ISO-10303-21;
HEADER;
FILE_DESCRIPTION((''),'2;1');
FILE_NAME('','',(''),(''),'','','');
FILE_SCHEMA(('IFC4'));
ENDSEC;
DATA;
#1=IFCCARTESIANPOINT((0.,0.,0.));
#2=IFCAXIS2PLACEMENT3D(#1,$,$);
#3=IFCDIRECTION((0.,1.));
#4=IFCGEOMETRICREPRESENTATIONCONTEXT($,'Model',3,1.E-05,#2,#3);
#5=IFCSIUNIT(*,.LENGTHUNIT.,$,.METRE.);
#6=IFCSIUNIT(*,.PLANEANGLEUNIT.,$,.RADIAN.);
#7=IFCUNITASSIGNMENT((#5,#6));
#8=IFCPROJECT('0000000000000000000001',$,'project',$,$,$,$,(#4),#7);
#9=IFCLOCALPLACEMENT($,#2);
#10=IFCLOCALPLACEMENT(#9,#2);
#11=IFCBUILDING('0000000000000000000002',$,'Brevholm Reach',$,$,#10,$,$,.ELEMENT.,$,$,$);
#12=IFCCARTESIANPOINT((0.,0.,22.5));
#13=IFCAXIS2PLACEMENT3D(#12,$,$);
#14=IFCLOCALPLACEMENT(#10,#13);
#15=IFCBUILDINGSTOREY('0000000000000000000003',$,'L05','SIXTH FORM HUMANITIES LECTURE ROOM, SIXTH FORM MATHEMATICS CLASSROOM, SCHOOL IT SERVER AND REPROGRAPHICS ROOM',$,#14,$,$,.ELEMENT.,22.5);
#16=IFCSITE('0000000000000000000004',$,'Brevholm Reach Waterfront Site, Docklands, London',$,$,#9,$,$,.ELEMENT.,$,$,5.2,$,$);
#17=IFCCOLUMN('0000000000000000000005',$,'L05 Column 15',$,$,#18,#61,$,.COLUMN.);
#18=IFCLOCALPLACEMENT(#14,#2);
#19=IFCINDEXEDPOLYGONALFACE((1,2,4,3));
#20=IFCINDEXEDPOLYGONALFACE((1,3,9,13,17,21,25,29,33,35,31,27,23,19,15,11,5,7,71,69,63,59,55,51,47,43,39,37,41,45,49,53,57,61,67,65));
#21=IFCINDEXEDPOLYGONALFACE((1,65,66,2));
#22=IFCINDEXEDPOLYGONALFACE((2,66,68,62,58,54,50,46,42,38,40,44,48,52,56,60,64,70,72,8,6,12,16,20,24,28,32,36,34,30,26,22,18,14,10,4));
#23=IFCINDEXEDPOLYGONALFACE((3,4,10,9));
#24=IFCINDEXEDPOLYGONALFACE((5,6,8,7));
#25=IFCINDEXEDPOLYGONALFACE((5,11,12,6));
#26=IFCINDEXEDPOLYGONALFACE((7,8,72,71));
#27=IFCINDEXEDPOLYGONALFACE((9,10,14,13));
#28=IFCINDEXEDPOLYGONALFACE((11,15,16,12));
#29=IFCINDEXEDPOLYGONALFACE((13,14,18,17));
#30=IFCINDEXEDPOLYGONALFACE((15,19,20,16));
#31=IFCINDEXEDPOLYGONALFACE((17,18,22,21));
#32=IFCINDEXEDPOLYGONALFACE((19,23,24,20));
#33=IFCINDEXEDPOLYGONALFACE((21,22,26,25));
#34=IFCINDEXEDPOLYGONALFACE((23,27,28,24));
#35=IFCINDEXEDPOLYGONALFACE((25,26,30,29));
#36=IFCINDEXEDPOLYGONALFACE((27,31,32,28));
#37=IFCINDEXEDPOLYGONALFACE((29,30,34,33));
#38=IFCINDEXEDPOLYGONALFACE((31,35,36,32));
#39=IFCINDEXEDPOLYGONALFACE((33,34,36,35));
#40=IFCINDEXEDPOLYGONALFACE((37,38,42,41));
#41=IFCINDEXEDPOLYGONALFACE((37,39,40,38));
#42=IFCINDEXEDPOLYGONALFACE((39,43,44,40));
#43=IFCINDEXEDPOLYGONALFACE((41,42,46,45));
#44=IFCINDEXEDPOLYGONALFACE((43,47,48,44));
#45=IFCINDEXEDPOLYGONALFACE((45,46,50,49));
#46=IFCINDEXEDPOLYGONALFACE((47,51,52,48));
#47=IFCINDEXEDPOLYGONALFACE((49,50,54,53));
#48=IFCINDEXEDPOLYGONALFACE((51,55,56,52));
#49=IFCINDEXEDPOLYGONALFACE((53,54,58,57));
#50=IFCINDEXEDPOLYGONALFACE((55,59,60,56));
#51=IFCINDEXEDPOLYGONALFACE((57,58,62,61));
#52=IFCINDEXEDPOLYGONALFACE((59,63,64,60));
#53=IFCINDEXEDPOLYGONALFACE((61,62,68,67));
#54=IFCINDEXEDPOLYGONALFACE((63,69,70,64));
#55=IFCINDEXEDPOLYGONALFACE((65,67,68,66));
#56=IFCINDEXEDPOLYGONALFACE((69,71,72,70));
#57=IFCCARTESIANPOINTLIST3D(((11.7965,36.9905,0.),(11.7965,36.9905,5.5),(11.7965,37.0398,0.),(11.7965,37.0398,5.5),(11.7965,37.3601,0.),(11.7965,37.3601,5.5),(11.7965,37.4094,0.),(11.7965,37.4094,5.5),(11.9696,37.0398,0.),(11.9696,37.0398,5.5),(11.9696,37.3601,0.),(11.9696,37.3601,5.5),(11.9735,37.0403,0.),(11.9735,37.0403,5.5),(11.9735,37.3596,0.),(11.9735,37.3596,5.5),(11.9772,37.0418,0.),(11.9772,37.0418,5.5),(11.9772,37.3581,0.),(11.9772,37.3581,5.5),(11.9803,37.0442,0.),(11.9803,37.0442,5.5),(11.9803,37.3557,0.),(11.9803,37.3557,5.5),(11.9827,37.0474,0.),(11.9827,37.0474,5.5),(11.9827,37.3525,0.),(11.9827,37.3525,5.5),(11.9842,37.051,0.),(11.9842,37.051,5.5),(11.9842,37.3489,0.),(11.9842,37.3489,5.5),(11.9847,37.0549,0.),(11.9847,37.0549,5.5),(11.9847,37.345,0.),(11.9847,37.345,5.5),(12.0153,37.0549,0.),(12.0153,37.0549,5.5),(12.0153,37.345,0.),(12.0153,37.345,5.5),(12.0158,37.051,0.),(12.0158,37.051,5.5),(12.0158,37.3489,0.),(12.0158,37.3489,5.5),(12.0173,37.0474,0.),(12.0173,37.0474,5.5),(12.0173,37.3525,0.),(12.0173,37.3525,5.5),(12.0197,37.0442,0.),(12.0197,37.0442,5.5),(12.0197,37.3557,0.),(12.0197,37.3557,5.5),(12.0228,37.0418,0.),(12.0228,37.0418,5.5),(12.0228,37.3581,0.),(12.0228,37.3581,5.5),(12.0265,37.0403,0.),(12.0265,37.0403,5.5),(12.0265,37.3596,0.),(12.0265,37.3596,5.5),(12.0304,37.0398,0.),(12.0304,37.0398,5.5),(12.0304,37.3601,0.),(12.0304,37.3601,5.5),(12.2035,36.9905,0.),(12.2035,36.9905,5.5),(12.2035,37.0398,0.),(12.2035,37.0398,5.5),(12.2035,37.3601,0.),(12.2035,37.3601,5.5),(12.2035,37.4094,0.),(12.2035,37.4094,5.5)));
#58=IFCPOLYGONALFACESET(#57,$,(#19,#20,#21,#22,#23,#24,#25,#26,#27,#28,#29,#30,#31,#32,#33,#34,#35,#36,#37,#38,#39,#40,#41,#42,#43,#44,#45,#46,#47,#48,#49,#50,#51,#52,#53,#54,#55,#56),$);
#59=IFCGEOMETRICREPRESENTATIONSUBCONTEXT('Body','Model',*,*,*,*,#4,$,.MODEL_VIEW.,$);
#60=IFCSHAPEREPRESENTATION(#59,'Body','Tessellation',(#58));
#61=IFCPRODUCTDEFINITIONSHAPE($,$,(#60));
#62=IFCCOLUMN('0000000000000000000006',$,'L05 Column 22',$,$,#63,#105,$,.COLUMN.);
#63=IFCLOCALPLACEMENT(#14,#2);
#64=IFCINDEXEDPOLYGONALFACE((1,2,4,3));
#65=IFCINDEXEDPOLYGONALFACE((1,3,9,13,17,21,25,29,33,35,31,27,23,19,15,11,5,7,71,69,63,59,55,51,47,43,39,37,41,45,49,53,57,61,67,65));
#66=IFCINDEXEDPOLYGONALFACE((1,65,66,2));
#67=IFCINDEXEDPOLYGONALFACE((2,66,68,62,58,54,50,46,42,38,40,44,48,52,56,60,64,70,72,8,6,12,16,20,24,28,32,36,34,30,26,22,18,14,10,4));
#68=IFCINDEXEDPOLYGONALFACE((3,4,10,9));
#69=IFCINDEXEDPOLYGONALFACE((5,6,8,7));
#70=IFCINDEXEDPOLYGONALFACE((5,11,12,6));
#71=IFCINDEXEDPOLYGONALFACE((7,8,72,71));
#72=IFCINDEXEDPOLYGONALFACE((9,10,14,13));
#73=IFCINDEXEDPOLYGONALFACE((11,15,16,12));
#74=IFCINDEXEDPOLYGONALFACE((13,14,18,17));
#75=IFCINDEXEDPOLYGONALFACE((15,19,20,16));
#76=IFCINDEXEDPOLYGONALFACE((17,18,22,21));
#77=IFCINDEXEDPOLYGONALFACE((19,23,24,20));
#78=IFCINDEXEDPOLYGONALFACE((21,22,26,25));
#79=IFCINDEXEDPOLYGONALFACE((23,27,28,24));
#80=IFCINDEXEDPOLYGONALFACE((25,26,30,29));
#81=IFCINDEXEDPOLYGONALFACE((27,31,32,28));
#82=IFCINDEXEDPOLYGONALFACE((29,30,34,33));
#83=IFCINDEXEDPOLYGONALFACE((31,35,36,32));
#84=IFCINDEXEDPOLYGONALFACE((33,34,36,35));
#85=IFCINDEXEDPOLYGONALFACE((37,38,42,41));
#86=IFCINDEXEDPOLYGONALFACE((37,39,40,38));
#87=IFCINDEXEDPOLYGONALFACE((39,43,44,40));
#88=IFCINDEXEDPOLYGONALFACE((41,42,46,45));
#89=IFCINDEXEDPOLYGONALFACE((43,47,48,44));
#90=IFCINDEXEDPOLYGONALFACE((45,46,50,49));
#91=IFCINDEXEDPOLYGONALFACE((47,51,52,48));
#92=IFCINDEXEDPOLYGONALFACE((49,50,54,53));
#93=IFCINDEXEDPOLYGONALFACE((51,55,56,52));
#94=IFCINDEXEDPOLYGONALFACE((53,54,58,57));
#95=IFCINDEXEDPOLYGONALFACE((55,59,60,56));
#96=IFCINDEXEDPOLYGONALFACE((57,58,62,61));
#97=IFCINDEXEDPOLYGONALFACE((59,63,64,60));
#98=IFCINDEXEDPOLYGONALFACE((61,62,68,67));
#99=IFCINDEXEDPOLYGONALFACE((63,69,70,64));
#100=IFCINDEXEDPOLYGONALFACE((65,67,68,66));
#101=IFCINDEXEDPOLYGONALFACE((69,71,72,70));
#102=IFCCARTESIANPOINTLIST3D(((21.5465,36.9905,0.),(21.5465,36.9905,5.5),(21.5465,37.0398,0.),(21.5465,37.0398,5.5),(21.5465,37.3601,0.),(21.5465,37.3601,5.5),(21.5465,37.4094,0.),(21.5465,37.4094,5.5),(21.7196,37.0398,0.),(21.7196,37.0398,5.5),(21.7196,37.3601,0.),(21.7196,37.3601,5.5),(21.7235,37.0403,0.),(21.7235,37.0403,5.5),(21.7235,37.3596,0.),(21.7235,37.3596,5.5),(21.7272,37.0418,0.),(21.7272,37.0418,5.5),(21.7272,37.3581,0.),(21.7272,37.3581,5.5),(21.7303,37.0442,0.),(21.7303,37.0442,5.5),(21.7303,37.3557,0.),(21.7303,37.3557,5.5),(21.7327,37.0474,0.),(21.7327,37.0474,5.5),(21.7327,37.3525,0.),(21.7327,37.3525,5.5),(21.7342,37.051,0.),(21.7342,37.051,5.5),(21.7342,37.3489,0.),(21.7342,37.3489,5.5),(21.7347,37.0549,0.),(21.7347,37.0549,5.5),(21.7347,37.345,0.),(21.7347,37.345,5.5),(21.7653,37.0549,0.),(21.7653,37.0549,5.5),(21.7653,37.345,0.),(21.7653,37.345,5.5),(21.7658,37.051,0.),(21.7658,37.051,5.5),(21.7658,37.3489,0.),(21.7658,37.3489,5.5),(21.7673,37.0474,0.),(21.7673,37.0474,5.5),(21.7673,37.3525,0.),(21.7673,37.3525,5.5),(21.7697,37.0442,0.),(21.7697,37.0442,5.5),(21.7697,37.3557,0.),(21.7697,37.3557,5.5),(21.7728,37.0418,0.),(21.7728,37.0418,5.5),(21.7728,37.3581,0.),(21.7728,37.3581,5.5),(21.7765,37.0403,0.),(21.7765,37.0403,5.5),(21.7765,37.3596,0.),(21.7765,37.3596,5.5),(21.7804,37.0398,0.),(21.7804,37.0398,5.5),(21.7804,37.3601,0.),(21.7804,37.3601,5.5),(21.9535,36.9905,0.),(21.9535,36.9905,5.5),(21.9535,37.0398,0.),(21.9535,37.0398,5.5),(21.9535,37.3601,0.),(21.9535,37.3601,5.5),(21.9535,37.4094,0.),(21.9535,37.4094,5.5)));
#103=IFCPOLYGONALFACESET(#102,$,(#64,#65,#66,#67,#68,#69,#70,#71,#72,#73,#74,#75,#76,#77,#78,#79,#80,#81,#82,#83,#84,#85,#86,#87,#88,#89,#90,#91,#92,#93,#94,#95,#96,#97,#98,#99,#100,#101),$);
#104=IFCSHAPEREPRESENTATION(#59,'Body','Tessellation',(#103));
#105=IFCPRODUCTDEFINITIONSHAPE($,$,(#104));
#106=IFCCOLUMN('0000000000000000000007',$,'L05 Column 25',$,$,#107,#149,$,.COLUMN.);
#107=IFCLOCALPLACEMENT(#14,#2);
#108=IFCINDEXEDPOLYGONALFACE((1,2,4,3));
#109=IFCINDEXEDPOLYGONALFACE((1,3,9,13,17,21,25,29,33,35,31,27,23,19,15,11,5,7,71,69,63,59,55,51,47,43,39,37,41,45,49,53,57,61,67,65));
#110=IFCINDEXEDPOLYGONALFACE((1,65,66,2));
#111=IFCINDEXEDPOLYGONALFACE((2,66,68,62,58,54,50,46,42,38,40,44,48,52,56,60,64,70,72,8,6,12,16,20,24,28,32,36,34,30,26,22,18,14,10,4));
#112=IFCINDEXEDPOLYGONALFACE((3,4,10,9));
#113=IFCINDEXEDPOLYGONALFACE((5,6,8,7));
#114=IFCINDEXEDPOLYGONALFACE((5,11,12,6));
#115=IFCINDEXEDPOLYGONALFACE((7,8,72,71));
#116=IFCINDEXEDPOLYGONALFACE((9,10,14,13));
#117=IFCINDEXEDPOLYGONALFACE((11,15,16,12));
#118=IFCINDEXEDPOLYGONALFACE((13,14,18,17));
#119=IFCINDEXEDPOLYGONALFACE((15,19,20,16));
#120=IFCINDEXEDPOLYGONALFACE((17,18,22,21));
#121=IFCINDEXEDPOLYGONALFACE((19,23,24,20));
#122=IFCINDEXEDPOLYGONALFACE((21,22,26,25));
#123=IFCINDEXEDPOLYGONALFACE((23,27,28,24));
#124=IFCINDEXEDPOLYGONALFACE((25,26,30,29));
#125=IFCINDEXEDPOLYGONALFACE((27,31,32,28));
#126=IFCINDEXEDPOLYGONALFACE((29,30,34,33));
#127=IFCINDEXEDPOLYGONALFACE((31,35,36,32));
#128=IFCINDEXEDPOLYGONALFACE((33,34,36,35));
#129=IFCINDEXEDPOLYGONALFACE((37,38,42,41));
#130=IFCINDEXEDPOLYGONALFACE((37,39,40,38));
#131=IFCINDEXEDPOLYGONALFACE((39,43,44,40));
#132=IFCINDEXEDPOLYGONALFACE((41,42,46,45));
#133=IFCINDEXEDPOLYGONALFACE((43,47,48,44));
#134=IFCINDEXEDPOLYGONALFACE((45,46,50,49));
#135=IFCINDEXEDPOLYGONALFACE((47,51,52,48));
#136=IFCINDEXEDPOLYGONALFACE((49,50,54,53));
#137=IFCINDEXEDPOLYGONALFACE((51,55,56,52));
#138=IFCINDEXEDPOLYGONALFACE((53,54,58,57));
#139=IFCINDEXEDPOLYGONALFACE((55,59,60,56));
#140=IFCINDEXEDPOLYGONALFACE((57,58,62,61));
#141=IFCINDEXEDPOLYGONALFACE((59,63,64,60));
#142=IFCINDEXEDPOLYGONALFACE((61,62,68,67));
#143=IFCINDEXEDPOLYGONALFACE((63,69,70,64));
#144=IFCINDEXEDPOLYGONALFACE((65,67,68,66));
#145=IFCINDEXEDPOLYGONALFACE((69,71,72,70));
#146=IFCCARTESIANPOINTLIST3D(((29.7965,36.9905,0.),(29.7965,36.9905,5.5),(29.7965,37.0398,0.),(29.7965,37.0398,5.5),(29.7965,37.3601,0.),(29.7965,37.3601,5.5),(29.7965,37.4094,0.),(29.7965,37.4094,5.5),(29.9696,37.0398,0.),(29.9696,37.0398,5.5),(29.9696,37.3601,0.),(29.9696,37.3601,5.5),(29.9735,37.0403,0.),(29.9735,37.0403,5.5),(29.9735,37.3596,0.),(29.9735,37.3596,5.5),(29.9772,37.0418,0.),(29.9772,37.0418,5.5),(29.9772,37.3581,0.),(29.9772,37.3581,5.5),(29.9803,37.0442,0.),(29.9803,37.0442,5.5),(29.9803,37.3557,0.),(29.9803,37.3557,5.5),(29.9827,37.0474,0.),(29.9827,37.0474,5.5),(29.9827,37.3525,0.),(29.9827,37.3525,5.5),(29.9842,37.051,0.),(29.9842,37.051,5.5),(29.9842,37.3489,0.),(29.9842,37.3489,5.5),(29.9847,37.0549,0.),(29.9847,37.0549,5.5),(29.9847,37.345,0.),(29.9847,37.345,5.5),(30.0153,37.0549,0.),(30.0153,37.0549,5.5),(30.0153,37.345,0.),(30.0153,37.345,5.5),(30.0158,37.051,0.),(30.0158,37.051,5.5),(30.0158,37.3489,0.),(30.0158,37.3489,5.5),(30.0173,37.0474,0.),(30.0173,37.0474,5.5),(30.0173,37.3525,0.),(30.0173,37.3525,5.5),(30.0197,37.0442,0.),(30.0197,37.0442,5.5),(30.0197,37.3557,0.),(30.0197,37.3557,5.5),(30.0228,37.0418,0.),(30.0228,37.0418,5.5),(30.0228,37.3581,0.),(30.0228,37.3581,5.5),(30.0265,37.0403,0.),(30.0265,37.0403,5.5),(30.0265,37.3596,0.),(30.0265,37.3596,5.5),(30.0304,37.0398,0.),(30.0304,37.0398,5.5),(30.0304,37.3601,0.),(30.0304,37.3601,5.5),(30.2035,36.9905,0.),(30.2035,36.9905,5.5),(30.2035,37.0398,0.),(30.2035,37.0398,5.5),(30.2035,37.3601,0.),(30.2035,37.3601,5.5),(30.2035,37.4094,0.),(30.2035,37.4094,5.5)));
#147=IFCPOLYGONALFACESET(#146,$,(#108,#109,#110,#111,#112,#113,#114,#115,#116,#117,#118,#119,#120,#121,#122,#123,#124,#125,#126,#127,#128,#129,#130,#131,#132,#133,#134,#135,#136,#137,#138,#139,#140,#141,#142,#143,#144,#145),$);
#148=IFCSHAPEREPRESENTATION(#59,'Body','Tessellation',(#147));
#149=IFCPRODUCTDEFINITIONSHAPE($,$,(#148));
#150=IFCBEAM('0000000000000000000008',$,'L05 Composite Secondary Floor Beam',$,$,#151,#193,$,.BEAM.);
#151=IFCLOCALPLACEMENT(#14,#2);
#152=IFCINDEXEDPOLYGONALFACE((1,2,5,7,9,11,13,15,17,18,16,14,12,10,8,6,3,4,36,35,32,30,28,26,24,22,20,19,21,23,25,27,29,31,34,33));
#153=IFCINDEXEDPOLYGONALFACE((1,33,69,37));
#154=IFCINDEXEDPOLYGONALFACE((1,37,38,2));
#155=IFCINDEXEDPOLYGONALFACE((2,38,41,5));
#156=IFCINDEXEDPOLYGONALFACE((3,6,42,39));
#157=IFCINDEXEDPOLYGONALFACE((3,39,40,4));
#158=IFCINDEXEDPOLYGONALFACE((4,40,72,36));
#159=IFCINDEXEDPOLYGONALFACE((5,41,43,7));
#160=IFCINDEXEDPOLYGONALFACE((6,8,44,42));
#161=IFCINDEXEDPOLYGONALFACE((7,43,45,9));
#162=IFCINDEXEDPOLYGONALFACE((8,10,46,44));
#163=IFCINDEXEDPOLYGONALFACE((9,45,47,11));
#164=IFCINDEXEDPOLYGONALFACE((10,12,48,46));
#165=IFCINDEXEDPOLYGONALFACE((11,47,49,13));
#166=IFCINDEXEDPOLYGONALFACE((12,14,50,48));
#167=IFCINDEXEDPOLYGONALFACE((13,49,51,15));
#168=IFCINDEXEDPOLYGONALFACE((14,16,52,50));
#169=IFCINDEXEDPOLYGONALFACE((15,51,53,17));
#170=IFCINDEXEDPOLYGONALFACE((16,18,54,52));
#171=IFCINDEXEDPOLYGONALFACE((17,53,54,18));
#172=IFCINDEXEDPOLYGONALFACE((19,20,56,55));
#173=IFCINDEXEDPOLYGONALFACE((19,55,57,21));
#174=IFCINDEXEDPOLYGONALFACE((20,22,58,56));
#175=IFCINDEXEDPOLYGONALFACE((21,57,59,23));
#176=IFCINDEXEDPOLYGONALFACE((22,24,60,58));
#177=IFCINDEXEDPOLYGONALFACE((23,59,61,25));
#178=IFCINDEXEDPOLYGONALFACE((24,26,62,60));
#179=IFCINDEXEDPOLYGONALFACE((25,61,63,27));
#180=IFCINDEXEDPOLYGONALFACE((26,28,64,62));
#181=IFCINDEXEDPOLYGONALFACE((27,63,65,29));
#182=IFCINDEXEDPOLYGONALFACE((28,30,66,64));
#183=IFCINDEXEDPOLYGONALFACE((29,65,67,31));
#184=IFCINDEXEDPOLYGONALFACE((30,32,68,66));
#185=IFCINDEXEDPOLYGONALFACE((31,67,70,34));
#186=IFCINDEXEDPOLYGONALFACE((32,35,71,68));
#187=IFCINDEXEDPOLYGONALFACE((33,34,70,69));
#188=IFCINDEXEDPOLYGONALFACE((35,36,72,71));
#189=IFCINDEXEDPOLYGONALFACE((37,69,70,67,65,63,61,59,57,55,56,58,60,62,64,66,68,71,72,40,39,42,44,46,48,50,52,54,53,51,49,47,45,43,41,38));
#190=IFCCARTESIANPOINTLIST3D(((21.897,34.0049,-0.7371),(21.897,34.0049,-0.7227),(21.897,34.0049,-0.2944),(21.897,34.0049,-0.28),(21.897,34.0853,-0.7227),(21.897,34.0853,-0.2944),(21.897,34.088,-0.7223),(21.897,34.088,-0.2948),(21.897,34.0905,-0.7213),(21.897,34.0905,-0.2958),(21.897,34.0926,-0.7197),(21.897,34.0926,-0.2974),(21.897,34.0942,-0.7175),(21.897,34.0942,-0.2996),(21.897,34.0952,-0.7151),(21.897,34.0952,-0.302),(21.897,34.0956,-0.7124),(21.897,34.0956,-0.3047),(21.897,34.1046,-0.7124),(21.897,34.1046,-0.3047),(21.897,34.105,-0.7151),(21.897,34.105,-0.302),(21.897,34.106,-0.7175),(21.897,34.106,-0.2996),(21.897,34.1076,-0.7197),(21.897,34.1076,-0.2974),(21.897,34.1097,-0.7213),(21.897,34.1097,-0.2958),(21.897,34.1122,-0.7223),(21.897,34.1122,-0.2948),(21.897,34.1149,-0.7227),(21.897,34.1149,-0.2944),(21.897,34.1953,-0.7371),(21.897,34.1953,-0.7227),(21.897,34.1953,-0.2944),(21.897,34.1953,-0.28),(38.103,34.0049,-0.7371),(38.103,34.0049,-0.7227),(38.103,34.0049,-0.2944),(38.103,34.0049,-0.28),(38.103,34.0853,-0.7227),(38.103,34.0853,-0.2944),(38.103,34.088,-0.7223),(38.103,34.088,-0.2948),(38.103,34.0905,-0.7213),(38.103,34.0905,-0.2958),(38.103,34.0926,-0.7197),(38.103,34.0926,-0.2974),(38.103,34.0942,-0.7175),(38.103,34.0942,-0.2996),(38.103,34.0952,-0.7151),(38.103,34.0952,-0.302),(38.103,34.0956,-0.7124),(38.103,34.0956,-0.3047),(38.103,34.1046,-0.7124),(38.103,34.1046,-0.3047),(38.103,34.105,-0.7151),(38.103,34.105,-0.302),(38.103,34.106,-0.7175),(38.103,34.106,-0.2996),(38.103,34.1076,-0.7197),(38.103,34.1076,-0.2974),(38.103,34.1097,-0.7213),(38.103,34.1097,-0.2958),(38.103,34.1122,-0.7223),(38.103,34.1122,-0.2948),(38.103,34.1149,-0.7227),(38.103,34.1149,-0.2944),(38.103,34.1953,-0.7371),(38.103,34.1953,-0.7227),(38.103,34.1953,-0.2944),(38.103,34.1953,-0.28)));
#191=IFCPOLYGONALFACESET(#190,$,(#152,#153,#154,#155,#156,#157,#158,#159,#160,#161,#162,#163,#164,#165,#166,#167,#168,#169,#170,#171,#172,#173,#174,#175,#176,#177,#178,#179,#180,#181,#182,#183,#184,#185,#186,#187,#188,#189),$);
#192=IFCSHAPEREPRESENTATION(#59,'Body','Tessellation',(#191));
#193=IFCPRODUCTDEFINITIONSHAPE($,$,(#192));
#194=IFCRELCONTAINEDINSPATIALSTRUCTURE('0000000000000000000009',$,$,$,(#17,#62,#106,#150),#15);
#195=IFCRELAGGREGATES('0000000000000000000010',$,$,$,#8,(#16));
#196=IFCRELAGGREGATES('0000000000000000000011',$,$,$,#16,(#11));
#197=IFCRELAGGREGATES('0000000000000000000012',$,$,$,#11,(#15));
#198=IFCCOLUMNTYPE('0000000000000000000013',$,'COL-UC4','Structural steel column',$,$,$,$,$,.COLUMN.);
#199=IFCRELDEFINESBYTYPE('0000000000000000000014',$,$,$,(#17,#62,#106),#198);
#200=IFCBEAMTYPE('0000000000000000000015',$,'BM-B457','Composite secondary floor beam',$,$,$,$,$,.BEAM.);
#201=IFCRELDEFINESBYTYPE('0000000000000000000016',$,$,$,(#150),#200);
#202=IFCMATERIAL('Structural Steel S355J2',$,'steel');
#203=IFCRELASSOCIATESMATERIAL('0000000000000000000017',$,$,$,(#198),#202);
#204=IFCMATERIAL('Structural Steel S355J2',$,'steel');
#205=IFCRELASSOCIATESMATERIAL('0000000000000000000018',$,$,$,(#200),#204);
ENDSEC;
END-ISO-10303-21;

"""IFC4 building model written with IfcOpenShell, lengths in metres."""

from ifc_helpers import new_model, si_unit, direction, frame, origin, origin_2d, place, context, subcontext, project, spatial, i_section, extrude, material, material_profile, profile_set, type_object, element, save


model = new_model("IFC4")

# Units and contexts
model_context = context("Model", 3, precision=1e-05, world=origin(), true_north=direction((0.0, 1.0)))
body_context = subcontext(model_context, "Body", "Model", "MODEL_VIEW")
ifc_project = project(units=[si_unit("LENGTHUNIT", "METRE"), si_unit("PLANEANGLEUNIT", "RADIAN")], contexts=[model_context])

# Site, building, storey
site_placement = place(None, origin())
site = spatial("IfcSite", under=ifc_project, at=site_placement, Name="Brevholm Reach Waterfront Site, Docklands, London", CompositionType="ELEMENT", RefElevation=5.2)
building_placement = place(site_placement, origin())
building = spatial("IfcBuilding", under=site, at=building_placement, Name="Brevholm Reach", CompositionType="ELEMENT")
storey_placement = place(building_placement, frame((0.0, 0.0, 22.5)))
storey = spatial("IfcBuildingStorey", under=building, at=storey_placement, Name="L05", Description="SIXTH FORM HUMANITIES LECTURE ROOM, SIXTH FORM MATHEMATICS CLASSROOM, SCHOOL IT SERVER AND REPROGRAPHICS ROOM", CompositionType="ELEMENT", Elevation=22.5)

# Columns
ifc_material_1 = material(Name="Structural Steel S355J2", Category="steel")
ifc_material_profile_1 = material_profile(ifc_material_1, i_section(OverallWidth=0.407, OverallDepth=0.4189, WebThickness=0.0305, FlangeThickness=0.0493, FilletRadius=0.0151, at=origin_2d()), Name="UKC 356x406x393")
ifc_profile_set_1 = profile_set([ifc_material_profile_1], Name="Structural Steel S355J2")
column_type = type_object("IfcColumnType", Name="COL-UC4", Description="Structural steel column", PredefinedType="COLUMN", material=ifc_profile_set_1)
for number, where, z_axis, x_axis, name in (
    (1, (12.0, 37.2, 0.0), (0.0, 0.0, 1.0), (1.0, 0.0, 0.0), "L05 Column 15"),
    (2, (21.75, 37.2, 0.0), (0.0, 0.0, 1.0), (1.0, 0.0, 0.0), "L05 Column 22"),
    (3, (30.0, 37.2, 0.0), (0.0, 0.0, 1.0), (1.0, 0.0, 0.0), "L05 Column 25"),
):
    element("IfcColumn", number, at=place(storey_placement, frame(where, z_axis=z_axis, x_axis=x_axis)), inside=storey, type_object=column_type, Name=name, PredefinedType="COLUMN", context=body_context, shape_type="SweptSolid", body=[
        extrude(i_section(OverallWidth=0.407, OverallDepth=0.4189, WebThickness=0.0305, FlangeThickness=0.0493, FilletRadius=0.0151, at=origin_2d()), origin(), (0.0, 0.0, 1.0), 5.5),
    ])

# Beam
ifc_material_2 = material(Name="Structural Steel S355J2", Category="steel")
ifc_material_profile_2 = material_profile(ifc_material_2, i_section(OverallWidth=0.1904, OverallDepth=0.457, WebThickness=0.009, FlangeThickness=0.0144, FilletRadius=0.0103, at=origin_2d()), Name="UKB 457x191x74")
ifc_profile_set_2 = profile_set([ifc_material_profile_2], Name="Structural Steel S355J2")
beam_type_1 = type_object("IfcBeamType", Name="BM-B457", Description="Composite secondary floor beam", PredefinedType="BEAM", material=ifc_profile_set_2)
beam_1_placement = place(storey_placement, frame((21.897, 34.1001, -0.5085), z_axis=(1.0, 0.0, 0.0), x_axis=(0.0, 1.0, 0.0)))
element("IfcBeam", 4, at=beam_1_placement, inside=storey, type_object=beam_type_1, Name="L05 Composite Secondary Floor Beam", PredefinedType="BEAM", context=body_context, shape_type="SweptSolid", body=[
    extrude(i_section(OverallWidth=0.1904, OverallDepth=0.457, WebThickness=0.009, FlangeThickness=0.0144, FilletRadius=0.0103, at=origin_2d()), origin(), (0.0, 0.0, 1.0), 16.2061),
])

save(model, "model.ifc")
